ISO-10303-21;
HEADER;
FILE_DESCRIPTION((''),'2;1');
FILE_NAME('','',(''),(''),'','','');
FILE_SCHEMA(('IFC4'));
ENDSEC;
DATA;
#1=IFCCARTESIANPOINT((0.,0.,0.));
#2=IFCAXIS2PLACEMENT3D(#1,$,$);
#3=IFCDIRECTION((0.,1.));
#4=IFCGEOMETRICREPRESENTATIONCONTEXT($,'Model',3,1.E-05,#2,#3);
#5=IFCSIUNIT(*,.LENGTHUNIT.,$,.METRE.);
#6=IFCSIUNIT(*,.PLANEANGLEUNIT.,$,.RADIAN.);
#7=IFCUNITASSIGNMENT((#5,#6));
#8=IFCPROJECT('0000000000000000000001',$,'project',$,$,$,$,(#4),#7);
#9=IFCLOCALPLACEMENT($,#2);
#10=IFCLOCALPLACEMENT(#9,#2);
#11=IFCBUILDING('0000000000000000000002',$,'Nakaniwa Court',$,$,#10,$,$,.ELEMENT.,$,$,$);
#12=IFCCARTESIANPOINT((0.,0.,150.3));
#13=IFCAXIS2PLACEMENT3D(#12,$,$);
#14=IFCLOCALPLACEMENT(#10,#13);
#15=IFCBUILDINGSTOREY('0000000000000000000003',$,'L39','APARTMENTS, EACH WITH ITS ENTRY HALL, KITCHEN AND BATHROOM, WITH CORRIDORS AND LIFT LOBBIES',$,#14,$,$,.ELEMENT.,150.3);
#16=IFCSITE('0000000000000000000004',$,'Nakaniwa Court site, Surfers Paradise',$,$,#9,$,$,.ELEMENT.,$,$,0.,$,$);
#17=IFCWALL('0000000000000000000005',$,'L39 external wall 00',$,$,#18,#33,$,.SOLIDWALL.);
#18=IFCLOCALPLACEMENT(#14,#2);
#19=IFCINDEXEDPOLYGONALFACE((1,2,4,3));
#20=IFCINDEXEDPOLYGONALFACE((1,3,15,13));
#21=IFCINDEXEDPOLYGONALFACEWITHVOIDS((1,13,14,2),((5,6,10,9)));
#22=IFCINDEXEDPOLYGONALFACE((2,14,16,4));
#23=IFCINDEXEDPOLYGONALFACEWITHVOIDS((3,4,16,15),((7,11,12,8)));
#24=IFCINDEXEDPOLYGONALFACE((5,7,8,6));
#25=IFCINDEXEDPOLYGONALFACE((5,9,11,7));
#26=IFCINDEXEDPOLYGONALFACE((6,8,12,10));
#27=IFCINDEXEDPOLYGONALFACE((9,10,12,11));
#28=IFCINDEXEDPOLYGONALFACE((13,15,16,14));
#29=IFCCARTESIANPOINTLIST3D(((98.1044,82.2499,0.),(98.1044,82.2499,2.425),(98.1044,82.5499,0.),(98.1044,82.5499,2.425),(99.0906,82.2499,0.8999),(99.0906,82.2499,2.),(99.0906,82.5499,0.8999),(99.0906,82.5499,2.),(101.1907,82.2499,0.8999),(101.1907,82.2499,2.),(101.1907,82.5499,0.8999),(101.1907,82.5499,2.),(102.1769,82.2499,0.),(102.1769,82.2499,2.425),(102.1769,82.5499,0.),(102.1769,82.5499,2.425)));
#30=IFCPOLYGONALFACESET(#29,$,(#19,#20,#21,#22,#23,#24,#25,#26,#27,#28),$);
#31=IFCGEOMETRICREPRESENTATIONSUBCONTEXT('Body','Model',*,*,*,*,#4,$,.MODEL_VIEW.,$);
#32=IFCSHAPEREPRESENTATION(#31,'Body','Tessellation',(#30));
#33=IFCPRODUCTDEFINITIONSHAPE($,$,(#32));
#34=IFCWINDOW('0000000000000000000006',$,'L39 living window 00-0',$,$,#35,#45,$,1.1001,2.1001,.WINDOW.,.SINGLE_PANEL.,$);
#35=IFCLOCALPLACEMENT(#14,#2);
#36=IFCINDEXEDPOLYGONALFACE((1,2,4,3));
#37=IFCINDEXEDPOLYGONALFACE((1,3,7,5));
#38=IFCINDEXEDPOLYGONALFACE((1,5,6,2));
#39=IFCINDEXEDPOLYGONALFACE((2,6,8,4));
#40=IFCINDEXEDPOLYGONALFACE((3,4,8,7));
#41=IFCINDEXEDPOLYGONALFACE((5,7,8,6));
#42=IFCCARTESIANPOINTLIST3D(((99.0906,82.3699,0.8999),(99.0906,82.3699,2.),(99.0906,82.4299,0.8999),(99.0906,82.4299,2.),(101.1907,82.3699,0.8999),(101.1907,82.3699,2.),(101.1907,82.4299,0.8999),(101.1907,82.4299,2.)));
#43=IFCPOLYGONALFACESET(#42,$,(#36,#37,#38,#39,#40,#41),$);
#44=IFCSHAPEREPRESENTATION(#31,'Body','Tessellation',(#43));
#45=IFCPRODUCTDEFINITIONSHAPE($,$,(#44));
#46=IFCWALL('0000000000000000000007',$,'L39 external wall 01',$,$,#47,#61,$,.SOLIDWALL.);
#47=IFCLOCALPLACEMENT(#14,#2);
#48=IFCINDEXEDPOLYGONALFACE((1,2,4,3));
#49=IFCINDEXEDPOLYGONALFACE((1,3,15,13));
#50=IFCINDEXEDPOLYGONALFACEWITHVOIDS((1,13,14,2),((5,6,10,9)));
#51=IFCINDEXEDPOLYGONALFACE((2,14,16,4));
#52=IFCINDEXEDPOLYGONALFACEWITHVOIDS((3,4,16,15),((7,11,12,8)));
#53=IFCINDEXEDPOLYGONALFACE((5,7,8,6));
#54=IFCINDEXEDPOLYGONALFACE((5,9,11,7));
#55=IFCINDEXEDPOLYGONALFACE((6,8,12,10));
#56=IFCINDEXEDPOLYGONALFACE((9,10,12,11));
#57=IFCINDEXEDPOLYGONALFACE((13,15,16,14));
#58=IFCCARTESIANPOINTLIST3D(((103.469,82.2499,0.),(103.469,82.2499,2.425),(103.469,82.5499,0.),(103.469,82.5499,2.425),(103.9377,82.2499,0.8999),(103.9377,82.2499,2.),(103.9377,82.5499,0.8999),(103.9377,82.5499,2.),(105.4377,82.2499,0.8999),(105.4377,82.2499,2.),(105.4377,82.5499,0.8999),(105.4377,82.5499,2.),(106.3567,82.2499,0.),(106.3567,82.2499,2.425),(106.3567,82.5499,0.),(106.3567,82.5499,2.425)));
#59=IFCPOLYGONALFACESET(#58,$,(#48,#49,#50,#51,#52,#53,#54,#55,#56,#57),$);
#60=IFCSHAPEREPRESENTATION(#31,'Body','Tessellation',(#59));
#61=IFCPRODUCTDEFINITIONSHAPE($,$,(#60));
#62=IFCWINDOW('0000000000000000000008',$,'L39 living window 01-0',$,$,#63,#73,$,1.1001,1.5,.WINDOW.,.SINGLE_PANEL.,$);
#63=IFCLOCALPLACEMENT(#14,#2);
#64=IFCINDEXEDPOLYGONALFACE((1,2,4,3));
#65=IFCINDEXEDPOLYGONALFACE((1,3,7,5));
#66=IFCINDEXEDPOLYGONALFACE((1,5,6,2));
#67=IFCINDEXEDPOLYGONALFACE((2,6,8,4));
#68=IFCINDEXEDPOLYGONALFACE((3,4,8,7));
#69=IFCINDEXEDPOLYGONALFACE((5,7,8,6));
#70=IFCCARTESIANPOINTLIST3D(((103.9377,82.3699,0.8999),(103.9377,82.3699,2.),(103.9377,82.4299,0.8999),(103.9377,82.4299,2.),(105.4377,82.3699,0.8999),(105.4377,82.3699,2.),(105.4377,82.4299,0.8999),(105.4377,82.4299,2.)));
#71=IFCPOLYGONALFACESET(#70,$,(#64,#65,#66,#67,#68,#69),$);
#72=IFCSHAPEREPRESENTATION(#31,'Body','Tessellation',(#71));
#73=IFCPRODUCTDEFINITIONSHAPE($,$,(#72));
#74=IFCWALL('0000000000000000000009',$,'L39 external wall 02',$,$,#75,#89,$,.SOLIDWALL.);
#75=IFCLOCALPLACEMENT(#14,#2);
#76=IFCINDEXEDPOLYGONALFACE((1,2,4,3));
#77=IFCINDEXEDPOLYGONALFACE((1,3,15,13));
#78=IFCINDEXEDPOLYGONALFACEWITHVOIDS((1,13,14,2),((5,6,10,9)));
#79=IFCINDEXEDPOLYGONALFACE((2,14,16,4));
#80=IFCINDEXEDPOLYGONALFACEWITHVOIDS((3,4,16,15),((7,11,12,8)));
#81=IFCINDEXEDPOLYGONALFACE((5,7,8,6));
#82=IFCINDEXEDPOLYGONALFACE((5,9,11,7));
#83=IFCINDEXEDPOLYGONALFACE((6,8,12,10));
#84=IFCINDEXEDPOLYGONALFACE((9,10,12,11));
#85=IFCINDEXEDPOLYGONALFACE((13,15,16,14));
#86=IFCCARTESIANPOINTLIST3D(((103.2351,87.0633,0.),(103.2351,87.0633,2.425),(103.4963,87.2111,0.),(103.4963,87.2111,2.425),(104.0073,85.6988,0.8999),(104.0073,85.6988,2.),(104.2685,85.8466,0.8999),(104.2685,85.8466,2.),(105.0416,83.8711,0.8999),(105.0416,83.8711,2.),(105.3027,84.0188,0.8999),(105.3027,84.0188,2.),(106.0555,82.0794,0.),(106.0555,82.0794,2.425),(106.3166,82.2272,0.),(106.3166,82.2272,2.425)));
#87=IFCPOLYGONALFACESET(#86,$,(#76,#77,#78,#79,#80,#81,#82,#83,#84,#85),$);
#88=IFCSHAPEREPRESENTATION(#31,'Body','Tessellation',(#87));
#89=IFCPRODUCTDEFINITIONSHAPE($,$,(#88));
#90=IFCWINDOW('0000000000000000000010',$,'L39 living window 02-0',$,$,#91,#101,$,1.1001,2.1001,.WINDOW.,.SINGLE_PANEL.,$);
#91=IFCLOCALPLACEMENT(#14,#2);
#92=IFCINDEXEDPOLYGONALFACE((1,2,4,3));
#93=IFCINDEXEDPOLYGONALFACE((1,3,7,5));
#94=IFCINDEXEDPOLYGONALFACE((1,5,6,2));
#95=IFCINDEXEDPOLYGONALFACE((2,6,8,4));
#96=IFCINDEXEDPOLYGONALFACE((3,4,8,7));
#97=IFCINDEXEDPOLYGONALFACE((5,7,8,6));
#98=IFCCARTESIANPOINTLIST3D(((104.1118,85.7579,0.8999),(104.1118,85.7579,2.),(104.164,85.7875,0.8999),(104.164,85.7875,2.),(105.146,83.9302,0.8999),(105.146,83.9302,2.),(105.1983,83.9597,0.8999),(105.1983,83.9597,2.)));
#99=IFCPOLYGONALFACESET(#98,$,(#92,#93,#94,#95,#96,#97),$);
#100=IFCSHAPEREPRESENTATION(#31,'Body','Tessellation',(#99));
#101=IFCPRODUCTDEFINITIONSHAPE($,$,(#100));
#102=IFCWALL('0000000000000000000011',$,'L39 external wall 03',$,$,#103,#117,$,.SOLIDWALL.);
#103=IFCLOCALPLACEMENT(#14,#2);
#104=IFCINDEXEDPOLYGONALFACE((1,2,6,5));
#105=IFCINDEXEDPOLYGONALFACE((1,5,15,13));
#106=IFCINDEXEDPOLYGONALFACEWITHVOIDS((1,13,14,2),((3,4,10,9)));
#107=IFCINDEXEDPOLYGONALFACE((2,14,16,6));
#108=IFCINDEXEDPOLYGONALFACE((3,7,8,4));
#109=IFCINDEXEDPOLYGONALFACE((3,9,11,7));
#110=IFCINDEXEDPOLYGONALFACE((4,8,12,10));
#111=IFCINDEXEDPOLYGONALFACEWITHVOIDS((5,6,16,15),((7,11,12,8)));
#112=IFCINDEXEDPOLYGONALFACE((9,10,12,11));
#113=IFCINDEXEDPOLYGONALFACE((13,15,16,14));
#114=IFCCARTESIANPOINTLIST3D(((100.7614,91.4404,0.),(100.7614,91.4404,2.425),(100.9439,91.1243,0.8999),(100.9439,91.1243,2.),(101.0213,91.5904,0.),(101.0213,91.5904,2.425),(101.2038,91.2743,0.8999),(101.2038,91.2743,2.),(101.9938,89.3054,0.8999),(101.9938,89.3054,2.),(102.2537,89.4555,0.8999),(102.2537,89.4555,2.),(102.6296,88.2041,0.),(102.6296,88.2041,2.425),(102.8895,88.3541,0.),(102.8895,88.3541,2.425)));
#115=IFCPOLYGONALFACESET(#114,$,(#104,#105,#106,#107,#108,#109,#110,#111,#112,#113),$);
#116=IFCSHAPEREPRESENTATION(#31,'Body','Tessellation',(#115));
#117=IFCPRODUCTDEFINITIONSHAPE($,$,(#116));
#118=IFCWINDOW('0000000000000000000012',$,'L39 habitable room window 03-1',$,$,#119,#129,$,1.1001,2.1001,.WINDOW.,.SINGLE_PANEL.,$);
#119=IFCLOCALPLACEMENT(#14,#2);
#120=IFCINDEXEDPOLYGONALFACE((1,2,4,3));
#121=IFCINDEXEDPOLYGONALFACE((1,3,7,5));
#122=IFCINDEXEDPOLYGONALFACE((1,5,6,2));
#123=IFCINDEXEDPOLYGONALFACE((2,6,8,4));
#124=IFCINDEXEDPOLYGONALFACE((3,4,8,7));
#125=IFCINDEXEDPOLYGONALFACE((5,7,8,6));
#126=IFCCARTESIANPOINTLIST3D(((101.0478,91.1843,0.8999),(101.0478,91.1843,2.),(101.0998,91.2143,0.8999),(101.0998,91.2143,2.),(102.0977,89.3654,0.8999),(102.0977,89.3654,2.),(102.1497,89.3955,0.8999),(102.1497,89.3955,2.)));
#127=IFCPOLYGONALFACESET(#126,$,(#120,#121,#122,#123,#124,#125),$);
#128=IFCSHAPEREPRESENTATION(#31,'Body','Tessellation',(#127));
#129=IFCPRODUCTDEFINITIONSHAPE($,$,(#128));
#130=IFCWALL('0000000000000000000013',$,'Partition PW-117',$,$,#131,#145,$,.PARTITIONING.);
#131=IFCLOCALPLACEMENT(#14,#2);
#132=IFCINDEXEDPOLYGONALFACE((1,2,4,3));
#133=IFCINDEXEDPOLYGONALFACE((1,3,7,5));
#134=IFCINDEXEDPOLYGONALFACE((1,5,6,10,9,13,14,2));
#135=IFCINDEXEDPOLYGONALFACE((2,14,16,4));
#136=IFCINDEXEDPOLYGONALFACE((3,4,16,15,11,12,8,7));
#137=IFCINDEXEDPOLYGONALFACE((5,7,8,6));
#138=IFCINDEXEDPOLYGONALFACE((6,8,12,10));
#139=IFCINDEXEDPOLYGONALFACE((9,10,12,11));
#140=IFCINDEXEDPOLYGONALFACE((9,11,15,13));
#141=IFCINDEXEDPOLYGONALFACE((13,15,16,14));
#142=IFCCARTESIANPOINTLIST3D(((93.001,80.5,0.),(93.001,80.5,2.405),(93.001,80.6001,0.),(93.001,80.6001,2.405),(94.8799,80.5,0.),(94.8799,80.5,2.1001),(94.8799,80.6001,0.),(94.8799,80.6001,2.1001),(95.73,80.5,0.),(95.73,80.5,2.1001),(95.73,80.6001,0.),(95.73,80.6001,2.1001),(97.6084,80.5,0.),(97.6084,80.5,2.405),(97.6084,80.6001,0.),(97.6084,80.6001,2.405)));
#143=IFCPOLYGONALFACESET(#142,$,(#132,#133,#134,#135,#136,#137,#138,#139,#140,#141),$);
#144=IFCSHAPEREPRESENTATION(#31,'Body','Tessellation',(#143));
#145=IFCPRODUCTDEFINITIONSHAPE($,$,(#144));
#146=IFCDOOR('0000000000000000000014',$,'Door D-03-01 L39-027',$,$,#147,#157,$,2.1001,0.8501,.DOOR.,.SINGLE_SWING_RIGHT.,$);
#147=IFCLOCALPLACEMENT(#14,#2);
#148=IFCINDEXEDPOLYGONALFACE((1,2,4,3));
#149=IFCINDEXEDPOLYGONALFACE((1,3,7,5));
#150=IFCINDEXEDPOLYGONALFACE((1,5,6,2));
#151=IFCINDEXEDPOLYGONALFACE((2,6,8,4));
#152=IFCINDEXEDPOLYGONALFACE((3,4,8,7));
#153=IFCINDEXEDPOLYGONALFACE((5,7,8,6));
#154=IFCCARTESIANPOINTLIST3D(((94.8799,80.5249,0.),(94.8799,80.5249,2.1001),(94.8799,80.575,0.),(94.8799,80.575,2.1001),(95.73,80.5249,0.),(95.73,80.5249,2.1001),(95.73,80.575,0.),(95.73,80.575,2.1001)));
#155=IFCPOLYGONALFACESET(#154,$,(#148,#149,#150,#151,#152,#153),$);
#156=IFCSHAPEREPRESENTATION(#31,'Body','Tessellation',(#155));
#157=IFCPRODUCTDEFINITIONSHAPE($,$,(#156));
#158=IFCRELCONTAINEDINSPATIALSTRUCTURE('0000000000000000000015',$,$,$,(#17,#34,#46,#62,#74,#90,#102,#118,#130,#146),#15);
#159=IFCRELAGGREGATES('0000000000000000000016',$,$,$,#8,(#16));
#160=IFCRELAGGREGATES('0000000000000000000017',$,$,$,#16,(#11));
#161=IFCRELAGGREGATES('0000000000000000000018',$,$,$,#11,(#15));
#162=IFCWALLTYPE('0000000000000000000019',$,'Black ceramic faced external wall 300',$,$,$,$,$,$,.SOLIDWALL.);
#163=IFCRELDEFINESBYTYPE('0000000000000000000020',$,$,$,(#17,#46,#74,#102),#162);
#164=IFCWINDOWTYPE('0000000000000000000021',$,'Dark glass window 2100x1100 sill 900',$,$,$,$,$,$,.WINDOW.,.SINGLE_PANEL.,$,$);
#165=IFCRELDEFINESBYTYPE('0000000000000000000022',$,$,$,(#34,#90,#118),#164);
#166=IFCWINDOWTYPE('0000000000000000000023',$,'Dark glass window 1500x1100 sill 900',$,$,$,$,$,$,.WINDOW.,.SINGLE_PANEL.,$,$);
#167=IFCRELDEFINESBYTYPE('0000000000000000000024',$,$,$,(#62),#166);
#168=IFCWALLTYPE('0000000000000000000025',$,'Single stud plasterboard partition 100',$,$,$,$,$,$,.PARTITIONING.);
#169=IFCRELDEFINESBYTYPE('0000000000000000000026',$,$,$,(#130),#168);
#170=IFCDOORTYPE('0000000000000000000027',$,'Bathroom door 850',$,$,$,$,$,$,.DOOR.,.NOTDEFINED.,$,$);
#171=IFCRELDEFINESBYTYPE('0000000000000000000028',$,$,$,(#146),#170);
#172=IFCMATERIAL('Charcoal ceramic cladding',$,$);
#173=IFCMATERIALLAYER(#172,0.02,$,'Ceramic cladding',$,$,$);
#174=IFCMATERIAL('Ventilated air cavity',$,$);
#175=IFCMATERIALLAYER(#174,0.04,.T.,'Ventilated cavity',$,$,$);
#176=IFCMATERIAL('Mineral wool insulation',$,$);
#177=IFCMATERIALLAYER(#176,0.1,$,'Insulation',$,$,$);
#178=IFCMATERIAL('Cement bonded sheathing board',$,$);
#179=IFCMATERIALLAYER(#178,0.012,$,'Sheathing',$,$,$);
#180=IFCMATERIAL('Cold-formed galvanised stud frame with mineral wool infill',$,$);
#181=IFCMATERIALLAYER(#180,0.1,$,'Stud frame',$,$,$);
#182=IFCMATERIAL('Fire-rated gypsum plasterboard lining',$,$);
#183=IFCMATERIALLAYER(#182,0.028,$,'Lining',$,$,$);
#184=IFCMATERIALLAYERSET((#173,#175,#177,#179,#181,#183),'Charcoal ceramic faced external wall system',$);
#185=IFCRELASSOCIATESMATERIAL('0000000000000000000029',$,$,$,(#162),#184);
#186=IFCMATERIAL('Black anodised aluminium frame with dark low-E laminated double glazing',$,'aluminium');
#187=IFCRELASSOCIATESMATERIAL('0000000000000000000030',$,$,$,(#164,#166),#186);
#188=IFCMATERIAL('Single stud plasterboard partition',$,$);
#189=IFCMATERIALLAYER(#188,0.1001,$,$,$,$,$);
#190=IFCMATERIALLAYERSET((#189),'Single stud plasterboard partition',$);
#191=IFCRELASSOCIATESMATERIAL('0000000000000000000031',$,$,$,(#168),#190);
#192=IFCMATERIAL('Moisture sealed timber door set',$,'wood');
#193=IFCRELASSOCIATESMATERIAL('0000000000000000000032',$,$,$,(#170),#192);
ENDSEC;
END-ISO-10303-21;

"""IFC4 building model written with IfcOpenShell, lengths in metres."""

from ifc_helpers import new_model, si_unit, direction, frame, frame_2d, origin, place, context, subcontext, project, spatial, rectangle, extrude, material, layer, layer_set, type_object, element, fill, save


model = new_model("IFC4")

# Units and contexts
model_context = context("Model", 3, precision=1e-05, world=origin(), true_north=direction((0.0, 1.0)))
body_context = subcontext(model_context, "Body", "Model", "MODEL_VIEW")
ifc_project = project(units=[si_unit("LENGTHUNIT", "METRE"), si_unit("PLANEANGLEUNIT", "RADIAN")], contexts=[model_context])

# Site, building, storey
site_placement = place(None, origin())
site = spatial("IfcSite", under=ifc_project, at=site_placement, Name="Nakaniwa Court site, Surfers Paradise", CompositionType="ELEMENT", RefElevation=0.0)
building_placement = place(site_placement, origin())
building = spatial("IfcBuilding", under=site, at=building_placement, Name="Nakaniwa Court", CompositionType="ELEMENT")
storey_placement = place(building_placement, frame((0.0, 0.0, 150.3)))
storey = spatial("IfcBuildingStorey", under=building, at=storey_placement, Name="L39", Description="APARTMENTS, EACH WITH ITS ENTRY HALL, KITCHEN AND BATHROOM, WITH CORRIDORS AND LIFT LOBBIES", CompositionType="ELEMENT", Elevation=150.3)

# Walls, openings, windows
ifc_material_1 = material(Name="Charcoal ceramic cladding")
ifc_layer_1 = layer(ifc_material_1, 0.02, Name="Ceramic cladding")
ifc_material_2 = material(Name="Ventilated air cavity")
ifc_layer_2 = layer(ifc_material_2, 0.04, ventilated=True, Name="Ventilated cavity")
ifc_material_3 = material(Name="Mineral wool insulation")
ifc_layer_3 = layer(ifc_material_3, 0.1, Name="Insulation")
ifc_material_4 = material(Name="Cement bonded sheathing board")
ifc_layer_4 = layer(ifc_material_4, 0.012, Name="Sheathing")
ifc_material_5 = material(Name="Cold-formed galvanised stud frame with mineral wool infill")
ifc_layer_5 = layer(ifc_material_5, 0.1, Name="Stud frame")
ifc_material_6 = material(Name="Fire-rated gypsum plasterboard lining")
ifc_layer_6 = layer(ifc_material_6, 0.028, Name="Lining")
ifc_layer_set_1 = layer_set([ifc_layer_1, ifc_layer_2, ifc_layer_3, ifc_layer_4, ifc_layer_5, ifc_layer_6], Name="Charcoal ceramic faced external wall system")
wall_type_1 = type_object("IfcWallType", Name="Black ceramic faced external wall 300", PredefinedType="SOLIDWALL", material=ifc_layer_set_1)
wall_1_placement = place(storey_placement, frame((98.1045, 82.3999, 0.0), z_axis=(0.0, 0.0, 1.0), x_axis=(1.0, 0.0, 0.0)))
wall_1 = element("IfcWall", 1, at=wall_1_placement, inside=storey, type_object=wall_type_1, Name="L39 external wall 00", PredefinedType="SOLIDWALL", context=body_context, shape_type="SweptSolid", body=[
    extrude(rectangle(XDim=4.0725, YDim=0.3, at=frame_2d((2.0361, 0.0))), origin(), (0.0, 0.0, 1.0), 2.425),
])
opening_1_placement = place(wall_1_placement, frame((0.9861, 0.0, 0.8999)))
opening_1 = element("IfcOpeningElement", 2, at=opening_1_placement, cuts=wall_1, PredefinedType="OPENING", context=body_context, shape_type="SweptSolid", body=[
    extrude(rectangle(XDim=2.1001, YDim=1.1001, at=frame_2d((1.05, 0.55))), frame((0.0, 0.1599, 0.0), z_axis=(0.0, -1.0, 0.0), x_axis=(1.0, 0.0, 0.0)), (0.0, 0.0, 1.0), 0.3201),
])
ifc_material_7 = material(Name="Black anodised aluminium frame with dark low-E laminated double glazing", Category="aluminium")
window_type_1 = type_object("IfcWindowType", Name="Dark glass window 2100x1100 sill 900", PartitioningType="SINGLE_PANEL", PredefinedType="WINDOW", material=ifc_material_7)
window_1_placement = place(opening_1_placement, origin())
window_1 = element("IfcWindow", 3, at=window_1_placement, inside=storey, type_object=window_type_1, Name="L39 living window 00-0", OverallHeight=1.1001, OverallWidth=2.1001, PartitioningType="SINGLE_PANEL", PredefinedType="WINDOW", context=body_context, shape_type="SweptSolid", body=[
    extrude(rectangle(XDim=2.1001, YDim=1.1001, at=frame_2d((1.05, 0.55))), frame((0.0, 0.03, 0.0), z_axis=(0.0, -1.0, 0.0), x_axis=(1.0, 0.0, 0.0)), (0.0, 0.0, 1.0), 0.0601),
])
fill(opening_1, window_1)
wall_2_placement = place(storey_placement, frame((103.469, 82.3999, 0.0), z_axis=(0.0, 0.0, 1.0), x_axis=(1.0, 0.0, 0.0)))
wall_2 = element("IfcWall", 4, at=wall_2_placement, inside=storey, type_object=wall_type_1, Name="L39 external wall 01", PredefinedType="SOLIDWALL", context=body_context, shape_type="SweptSolid", body=[
    extrude(rectangle(XDim=2.8877, YDim=0.3, at=frame_2d((1.4438, 0.0))), origin(), (0.0, 0.0, 1.0), 2.425),
])
opening_2_placement = place(wall_2_placement, frame((0.4688, 0.0, 0.8999)))
opening_2 = element("IfcOpeningElement", 5, at=opening_2_placement, cuts=wall_2, PredefinedType="OPENING", context=body_context, shape_type="SweptSolid", body=[
    extrude(rectangle(XDim=1.5, YDim=1.1001, at=frame_2d((0.75, 0.55))), frame((0.0, 0.1599, 0.0), z_axis=(0.0, -1.0, 0.0), x_axis=(1.0, 0.0, 0.0)), (0.0, 0.0, 1.0), 0.3201),
])
window_type_2 = type_object("IfcWindowType", Name="Dark glass window 1500x1100 sill 900", PartitioningType="SINGLE_PANEL", PredefinedType="WINDOW", material=ifc_material_7)
window_2_placement = place(opening_2_placement, origin())
window_2 = element("IfcWindow", 6, at=window_2_placement, inside=storey, type_object=window_type_2, Name="L39 living window 01-0", OverallHeight=1.1001, OverallWidth=1.5, PartitioningType="SINGLE_PANEL", PredefinedType="WINDOW", context=body_context, shape_type="SweptSolid", body=[
    extrude(rectangle(XDim=1.5, YDim=1.1001, at=frame_2d((0.75, 0.55))), frame((0.0, 0.03, 0.0), z_axis=(0.0, -1.0, 0.0), x_axis=(1.0, 0.0, 0.0)), (0.0, 0.0, 1.0), 0.0601),
])
fill(opening_2, window_2)
wall_3_placement = place(storey_placement, frame((106.186, 82.1533, 0.0), z_axis=(0.0, 0.0, 1.0), x_axis=(-0.492498, 0.870313, 0.0)))
wall_3 = element("IfcWall", 7, at=wall_3_placement, inside=storey, type_object=wall_type_1, Name="L39 external wall 02", PredefinedType="SOLIDWALL", context=body_context, shape_type="SweptSolid", body=[
    extrude(rectangle(XDim=5.7266, YDim=0.3, at=frame_2d((2.8633, 0.0))), origin(), (0.0, 0.0, 1.0), 2.425),
])
opening_3_placement = place(wall_3_placement, frame((2.0586, 0.0, 0.8999)))
opening_3 = element("IfcOpeningElement", 8, at=opening_3_placement, cuts=wall_3, PredefinedType="OPENING", context=body_context, shape_type="SweptSolid", body=[
    extrude(rectangle(XDim=2.1001, YDim=1.1001, at=frame_2d((1.05, 0.55))), frame((0.0, 0.1599, 0.0), z_axis=(0.0, -1.0, 0.0), x_axis=(1.0, 0.0, 0.0)), (0.0, 0.0, 1.0), 0.3201),
])
window_3_placement = place(opening_3_placement, origin())
window_3 = element("IfcWindow", 9, at=window_3_placement, inside=storey, type_object=window_type_1, Name="L39 living window 02-0", OverallHeight=1.1001, OverallWidth=2.1001, PartitioningType="SINGLE_PANEL", PredefinedType="WINDOW", context=body_context, shape_type="SweptSolid", body=[
    extrude(rectangle(XDim=2.1001, YDim=1.1001, at=frame_2d((1.05, 0.55))), frame((0.0, 0.03, 0.0), z_axis=(0.0, -1.0, 0.0), x_axis=(1.0, 0.0, 0.0)), (0.0, 0.0, 1.0), 0.0601),
])
fill(opening_3, window_3)
wall_4_placement = place(storey_placement, frame((102.7595, 88.2791, 0.0), z_axis=(0.0, 0.0, 1.0), x_axis=(-0.499934, 0.866064, 0.0)))
wall_4 = element("IfcWall", 10, at=wall_4_placement, inside=storey, type_object=wall_type_1, Name="L39 external wall 03", PredefinedType="SOLIDWALL", context=body_context, shape_type="SweptSolid", body=[
    extrude(rectangle(XDim=3.7368, YDim=0.3, at=frame_2d((1.8684, 0.0))), origin(), (0.0, 0.0, 1.0), 2.425),
])
opening_4_placement = place(wall_4_placement, frame((1.2717, 0.0, 0.8999)))
opening_4 = element("IfcOpeningElement", 11, at=opening_4_placement, cuts=wall_4, PredefinedType="OPENING", context=body_context, shape_type="SweptSolid", body=[
    extrude(rectangle(XDim=2.1001, YDim=1.1001, at=frame_2d((1.05, 0.55))), frame((0.0, 0.1599, 0.0), z_axis=(0.0, -1.0, 0.0), x_axis=(1.0, 0.0, 0.0)), (0.0, 0.0, 1.0), 0.3201),
])
window_4_placement = place(opening_4_placement, origin())
window_4 = element("IfcWindow", 12, at=window_4_placement, inside=storey, type_object=window_type_1, Name="L39 habitable room window 03-1", OverallHeight=1.1001, OverallWidth=2.1001, PartitioningType="SINGLE_PANEL", PredefinedType="WINDOW", context=body_context, shape_type="SweptSolid", body=[
    extrude(rectangle(XDim=2.1001, YDim=1.1001, at=frame_2d((1.05, 0.55))), frame((0.0, 0.03, 0.0), z_axis=(0.0, -1.0, 0.0), x_axis=(1.0, 0.0, 0.0)), (0.0, 0.0, 1.0), 0.0601),
])
fill(opening_4, window_4)

# Wall, opening, door
ifc_material_8 = material(Name="Single stud plasterboard partition")
ifc_layer_7 = layer(ifc_material_8, 0.1001)
ifc_layer_set_2 = layer_set([ifc_layer_7], Name="Single stud plasterboard partition")
wall_type_2 = type_object("IfcWallType", Name="Single stud plasterboard partition 100", PredefinedType="PARTITIONING", material=ifc_layer_set_2)
wall_5_placement = place(storey_placement, frame((93.001, 80.55, 0.0), z_axis=(0.0, 0.0, 1.0), x_axis=(1.0, 0.0, 0.0)))
wall_5 = element("IfcWall", 13, at=wall_5_placement, inside=storey, type_object=wall_type_2, Name="Partition PW-117", PredefinedType="PARTITIONING", context=body_context, shape_type="SweptSolid", body=[
    extrude(rectangle(XDim=4.6074, YDim=0.1001, at=frame_2d((2.3037, 0.0))), origin(), (0.0, 0.0, 1.0), 2.405),
])
opening_5_placement = place(wall_5_placement, frame((1.8789, 0.0, 0.0)))
opening_5 = element("IfcOpeningElement", 14, at=opening_5_placement, cuts=wall_5, PredefinedType="OPENING", context=body_context, shape_type="SweptSolid", body=[
    extrude(rectangle(XDim=0.8501, YDim=2.1001, at=frame_2d((0.425, 1.05))), frame((0.0, 0.0601, 0.0), z_axis=(0.0, -1.0, 0.0), x_axis=(1.0, 0.0, 0.0)), (0.0, 0.0, 1.0), 0.1201),
])
ifc_material_9 = material(Name="Moisture sealed timber door set", Category="wood")
door_type_1 = type_object("IfcDoorType", Name="Bathroom door 850", OperationType="NOTDEFINED", PredefinedType="DOOR", material=ifc_material_9)
door_1_placement = place(opening_5_placement, origin())
door_1 = element("IfcDoor", 15, at=door_1_placement, inside=storey, type_object=door_type_1, Name="Door D-03-01 L39-027", OperationType="SINGLE_SWING_RIGHT", OverallHeight=2.1001, OverallWidth=0.8501, PredefinedType="DOOR", context=body_context, shape_type="SweptSolid", body=[
    extrude(rectangle(XDim=0.8501, YDim=2.1001, at=frame_2d((0.425, 1.05))), frame((0.0, 0.0249, 0.0), z_axis=(0.0, -1.0, 0.0), x_axis=(1.0, 0.0, 0.0)), (0.0, 0.0, 1.0), 0.05),
])
fill(opening_5, door_1)

save(model, "model.ifc")
